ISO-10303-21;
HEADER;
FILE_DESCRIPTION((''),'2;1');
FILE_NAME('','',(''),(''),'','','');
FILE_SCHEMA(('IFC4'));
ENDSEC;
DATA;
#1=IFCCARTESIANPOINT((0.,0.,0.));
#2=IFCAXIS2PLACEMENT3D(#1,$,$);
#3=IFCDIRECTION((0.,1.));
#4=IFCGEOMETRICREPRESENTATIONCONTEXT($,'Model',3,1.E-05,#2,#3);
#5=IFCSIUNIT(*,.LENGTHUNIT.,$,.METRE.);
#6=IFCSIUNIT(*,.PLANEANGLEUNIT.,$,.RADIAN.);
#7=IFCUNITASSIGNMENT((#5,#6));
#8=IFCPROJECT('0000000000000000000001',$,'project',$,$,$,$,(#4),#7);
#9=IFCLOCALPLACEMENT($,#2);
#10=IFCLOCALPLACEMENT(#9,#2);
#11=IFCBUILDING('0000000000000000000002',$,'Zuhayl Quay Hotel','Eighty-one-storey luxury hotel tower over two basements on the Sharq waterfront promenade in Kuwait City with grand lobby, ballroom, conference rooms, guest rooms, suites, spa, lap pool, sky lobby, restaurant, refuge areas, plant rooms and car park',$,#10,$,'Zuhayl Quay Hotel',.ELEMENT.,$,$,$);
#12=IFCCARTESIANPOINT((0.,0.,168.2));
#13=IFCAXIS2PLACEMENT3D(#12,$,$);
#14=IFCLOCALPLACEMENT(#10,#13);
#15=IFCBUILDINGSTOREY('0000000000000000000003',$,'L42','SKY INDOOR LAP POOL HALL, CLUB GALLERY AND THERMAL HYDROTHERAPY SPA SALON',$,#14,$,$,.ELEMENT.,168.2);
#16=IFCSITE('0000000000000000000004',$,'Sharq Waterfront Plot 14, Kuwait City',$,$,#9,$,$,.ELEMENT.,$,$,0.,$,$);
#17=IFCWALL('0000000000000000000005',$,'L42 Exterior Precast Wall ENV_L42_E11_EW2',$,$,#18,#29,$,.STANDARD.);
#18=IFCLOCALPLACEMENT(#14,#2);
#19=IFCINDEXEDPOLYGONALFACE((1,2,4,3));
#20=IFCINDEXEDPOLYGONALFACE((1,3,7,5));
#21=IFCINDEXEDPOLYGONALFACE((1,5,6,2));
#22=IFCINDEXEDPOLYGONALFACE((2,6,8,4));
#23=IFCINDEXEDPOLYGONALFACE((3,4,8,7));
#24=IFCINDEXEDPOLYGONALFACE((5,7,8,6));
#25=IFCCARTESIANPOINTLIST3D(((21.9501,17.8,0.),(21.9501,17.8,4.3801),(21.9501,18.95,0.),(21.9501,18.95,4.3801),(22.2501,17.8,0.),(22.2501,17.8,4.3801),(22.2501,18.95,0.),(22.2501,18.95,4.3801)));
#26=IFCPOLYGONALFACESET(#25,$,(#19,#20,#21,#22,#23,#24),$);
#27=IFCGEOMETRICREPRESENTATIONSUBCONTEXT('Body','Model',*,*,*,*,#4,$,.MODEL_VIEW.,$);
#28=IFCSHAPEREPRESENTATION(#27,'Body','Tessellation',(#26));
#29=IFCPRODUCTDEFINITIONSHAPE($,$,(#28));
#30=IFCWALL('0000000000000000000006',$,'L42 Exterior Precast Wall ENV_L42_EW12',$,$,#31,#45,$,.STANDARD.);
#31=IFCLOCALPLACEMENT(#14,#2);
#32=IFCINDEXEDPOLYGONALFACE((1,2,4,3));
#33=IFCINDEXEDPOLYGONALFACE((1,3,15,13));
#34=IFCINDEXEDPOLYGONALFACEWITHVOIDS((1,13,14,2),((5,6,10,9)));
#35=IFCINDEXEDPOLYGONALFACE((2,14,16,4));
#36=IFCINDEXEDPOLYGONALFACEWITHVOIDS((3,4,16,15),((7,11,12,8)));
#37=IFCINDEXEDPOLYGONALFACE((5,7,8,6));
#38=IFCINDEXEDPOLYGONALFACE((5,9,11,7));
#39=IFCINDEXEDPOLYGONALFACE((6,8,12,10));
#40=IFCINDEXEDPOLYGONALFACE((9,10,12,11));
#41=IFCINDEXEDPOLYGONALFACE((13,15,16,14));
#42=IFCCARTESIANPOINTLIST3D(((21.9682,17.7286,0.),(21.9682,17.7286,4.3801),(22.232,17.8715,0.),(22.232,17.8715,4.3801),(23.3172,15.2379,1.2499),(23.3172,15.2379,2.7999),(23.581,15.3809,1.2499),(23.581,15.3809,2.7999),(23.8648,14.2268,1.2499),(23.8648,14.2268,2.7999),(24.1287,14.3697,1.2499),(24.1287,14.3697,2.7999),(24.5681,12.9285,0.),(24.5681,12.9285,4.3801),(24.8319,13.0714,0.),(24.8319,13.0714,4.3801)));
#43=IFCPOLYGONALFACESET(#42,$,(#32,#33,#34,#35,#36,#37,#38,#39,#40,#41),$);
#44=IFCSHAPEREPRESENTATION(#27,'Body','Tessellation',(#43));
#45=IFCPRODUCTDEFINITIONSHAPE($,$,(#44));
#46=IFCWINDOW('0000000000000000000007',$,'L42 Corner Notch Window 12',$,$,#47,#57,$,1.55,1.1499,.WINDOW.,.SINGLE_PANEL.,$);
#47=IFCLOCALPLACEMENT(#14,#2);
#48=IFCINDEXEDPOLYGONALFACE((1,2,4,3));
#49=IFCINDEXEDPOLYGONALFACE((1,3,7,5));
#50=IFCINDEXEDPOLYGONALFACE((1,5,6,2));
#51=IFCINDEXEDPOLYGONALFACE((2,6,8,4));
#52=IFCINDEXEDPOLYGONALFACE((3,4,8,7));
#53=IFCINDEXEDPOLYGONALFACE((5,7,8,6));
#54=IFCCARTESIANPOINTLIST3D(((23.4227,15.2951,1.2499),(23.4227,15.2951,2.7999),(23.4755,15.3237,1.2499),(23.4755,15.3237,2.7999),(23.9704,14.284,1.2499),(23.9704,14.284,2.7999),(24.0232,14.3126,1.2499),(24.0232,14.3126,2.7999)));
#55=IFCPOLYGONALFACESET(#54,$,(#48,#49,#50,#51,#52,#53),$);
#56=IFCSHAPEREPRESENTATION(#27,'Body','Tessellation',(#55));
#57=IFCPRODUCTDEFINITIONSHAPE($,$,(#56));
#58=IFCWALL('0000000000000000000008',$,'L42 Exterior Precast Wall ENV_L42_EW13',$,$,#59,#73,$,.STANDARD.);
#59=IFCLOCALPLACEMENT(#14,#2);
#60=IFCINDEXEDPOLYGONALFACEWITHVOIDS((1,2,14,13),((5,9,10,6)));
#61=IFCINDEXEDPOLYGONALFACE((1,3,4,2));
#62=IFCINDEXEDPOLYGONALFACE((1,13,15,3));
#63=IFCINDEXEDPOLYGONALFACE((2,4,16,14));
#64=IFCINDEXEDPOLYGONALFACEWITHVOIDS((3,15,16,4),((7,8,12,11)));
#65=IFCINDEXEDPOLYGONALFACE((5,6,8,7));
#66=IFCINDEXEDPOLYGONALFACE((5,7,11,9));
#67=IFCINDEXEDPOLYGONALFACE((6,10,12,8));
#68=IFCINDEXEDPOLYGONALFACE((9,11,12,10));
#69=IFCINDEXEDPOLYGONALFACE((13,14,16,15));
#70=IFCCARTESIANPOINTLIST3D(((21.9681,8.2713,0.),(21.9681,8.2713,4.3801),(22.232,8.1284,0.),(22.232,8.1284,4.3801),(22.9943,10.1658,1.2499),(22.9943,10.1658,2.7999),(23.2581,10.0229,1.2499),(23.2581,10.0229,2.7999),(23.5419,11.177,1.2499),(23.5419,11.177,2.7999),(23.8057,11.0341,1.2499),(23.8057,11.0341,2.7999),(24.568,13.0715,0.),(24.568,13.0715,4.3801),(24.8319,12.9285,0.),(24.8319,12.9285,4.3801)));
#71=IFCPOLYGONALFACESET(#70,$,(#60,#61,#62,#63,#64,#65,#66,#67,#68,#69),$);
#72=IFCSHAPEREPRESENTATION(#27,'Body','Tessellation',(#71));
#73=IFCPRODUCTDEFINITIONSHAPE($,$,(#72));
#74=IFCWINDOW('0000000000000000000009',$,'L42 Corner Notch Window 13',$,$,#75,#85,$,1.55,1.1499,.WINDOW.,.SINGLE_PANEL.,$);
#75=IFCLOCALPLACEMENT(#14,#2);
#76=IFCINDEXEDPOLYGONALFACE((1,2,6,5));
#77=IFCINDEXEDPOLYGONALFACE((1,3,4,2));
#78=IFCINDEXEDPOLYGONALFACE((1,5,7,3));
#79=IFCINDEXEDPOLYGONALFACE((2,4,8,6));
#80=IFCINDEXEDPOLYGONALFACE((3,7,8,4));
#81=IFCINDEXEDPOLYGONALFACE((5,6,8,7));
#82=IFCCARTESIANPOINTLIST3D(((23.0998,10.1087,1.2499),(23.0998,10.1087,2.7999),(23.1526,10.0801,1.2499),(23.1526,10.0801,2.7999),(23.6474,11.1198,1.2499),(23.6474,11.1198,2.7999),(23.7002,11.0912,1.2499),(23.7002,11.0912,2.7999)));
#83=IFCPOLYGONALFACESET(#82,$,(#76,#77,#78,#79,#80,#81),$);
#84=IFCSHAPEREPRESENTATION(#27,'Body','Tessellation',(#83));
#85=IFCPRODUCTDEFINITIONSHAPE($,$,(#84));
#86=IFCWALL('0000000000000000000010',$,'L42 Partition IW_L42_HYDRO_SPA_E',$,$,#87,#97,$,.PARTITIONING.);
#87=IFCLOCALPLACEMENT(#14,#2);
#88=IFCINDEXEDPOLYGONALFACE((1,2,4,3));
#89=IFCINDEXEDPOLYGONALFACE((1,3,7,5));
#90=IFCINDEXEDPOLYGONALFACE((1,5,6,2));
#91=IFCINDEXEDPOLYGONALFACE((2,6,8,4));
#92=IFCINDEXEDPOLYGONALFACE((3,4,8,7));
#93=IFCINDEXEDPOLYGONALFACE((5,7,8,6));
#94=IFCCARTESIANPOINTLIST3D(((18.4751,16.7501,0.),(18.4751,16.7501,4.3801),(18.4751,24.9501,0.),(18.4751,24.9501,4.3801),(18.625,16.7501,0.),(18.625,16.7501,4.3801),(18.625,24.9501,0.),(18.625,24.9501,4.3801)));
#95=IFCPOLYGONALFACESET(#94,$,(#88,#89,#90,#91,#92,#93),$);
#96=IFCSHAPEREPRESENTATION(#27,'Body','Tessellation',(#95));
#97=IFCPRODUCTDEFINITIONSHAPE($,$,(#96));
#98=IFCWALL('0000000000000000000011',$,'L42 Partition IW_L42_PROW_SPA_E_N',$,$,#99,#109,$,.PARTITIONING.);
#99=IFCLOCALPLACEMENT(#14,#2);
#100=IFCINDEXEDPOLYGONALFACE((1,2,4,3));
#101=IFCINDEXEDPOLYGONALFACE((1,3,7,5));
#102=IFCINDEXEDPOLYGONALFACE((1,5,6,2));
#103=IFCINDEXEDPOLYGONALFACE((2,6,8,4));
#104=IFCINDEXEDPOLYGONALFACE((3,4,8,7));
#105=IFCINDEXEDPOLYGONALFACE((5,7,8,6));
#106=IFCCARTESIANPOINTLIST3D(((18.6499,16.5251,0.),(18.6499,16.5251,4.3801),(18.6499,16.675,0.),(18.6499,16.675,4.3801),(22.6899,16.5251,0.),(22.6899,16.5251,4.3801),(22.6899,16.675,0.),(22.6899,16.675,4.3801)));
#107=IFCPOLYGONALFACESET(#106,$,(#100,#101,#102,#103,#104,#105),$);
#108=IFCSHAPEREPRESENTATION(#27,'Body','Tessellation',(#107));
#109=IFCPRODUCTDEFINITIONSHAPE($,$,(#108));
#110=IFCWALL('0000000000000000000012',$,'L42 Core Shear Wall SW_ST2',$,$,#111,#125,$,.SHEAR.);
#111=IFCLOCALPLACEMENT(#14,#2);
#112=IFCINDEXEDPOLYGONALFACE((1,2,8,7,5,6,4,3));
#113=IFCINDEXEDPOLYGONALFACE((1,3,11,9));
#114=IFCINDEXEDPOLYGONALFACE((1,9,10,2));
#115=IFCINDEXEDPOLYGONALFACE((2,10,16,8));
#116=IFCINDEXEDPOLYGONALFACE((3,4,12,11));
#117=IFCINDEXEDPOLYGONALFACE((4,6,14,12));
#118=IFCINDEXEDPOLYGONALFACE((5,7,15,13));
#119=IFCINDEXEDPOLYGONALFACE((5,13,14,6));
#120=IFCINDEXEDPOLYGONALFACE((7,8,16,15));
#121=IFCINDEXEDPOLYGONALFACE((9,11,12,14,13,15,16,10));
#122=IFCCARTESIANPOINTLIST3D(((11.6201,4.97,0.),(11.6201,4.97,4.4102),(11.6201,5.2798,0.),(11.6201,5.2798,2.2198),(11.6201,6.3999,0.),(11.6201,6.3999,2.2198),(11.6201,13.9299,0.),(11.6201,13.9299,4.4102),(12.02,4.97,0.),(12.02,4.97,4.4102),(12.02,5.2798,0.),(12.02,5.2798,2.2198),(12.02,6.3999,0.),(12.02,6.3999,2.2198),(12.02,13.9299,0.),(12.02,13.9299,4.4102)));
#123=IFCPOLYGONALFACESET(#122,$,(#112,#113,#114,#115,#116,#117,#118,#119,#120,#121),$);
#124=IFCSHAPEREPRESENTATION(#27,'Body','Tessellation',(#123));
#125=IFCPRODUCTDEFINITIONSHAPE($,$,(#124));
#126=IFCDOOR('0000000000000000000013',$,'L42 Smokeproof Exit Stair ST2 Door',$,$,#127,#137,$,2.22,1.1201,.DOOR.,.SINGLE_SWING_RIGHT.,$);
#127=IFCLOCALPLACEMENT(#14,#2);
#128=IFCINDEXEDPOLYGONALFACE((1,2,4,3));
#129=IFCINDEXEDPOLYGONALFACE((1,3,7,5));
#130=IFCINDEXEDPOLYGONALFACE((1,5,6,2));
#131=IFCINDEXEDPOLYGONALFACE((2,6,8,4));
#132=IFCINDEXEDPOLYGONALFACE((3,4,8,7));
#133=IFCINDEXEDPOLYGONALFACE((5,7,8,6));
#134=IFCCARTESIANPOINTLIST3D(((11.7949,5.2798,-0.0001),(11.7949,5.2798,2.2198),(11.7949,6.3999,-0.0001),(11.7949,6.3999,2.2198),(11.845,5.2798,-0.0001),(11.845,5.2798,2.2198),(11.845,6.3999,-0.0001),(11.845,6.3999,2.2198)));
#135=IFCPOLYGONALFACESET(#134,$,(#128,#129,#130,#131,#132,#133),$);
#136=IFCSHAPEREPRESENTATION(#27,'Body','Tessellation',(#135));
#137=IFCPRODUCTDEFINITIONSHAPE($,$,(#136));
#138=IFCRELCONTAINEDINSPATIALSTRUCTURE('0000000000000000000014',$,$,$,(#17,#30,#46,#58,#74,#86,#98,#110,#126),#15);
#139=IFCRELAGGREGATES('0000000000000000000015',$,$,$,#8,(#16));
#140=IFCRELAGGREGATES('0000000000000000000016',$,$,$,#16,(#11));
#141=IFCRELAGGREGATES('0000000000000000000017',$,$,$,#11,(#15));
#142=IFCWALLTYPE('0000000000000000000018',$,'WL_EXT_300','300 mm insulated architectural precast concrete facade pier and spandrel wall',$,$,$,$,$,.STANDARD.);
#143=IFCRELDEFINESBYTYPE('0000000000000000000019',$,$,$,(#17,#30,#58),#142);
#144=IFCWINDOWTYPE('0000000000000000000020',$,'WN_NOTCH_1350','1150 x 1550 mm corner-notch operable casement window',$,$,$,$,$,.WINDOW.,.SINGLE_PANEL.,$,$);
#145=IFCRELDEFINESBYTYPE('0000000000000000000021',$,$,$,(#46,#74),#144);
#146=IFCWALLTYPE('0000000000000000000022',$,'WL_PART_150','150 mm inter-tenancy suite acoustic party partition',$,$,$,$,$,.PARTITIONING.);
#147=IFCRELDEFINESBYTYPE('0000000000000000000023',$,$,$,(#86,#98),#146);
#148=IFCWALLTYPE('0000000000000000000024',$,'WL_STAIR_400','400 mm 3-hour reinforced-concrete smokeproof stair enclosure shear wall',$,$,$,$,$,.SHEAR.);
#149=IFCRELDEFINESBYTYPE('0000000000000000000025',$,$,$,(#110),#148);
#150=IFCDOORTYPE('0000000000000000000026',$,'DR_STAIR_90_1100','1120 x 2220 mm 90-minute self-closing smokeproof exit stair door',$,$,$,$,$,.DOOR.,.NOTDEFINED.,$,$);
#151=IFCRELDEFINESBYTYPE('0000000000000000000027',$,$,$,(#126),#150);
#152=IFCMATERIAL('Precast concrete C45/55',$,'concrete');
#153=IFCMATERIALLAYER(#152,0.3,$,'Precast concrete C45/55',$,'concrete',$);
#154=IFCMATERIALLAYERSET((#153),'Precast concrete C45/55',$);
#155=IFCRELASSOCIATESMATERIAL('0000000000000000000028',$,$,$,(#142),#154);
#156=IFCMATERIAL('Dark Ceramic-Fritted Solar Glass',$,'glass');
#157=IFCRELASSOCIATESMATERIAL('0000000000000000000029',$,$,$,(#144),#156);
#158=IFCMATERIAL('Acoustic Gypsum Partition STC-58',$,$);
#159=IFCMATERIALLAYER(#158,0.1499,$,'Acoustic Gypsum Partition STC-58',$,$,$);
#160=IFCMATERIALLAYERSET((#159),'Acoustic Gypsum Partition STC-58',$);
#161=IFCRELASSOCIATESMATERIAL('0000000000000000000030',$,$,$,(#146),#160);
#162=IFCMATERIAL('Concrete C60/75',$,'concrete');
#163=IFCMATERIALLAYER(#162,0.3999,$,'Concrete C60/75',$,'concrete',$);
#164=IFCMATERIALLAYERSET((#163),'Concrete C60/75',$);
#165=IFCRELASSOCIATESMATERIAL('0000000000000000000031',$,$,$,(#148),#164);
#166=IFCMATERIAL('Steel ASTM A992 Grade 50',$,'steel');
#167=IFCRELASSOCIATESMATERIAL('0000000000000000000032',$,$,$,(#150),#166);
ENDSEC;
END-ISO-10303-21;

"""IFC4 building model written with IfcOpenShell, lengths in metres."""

from ifc_helpers import new_model, si_unit, direction, frame, frame_2d, origin, place, context, subcontext, project, spatial, rectangle, extrude, material, layer, layer_set, type_object, element, fill, save


model = new_model("IFC4")

# Units and contexts
model_context = context("Model", 3, precision=1e-05, world=origin(), true_north=direction((0.0, 1.0)))
body_context = subcontext(model_context, "Body", "Model", "MODEL_VIEW")
ifc_project = project(units=[si_unit("LENGTHUNIT", "METRE"), si_unit("PLANEANGLEUNIT", "RADIAN")], contexts=[model_context])

# Site, building, storey
site_placement = place(None, origin())
site = spatial("IfcSite", under=ifc_project, at=site_placement, Name="Sharq Waterfront Plot 14, Kuwait City", CompositionType="ELEMENT", RefElevation=0.0)
building_placement = place(site_placement, origin())
building = spatial("IfcBuilding", under=site, at=building_placement, Name="Zuhayl Quay Hotel", Description="Eighty-one-storey luxury hotel tower over two basements on the Sharq waterfront promenade in Kuwait City with grand lobby, ballroom, conference rooms, guest rooms, suites, spa, lap pool, sky lobby, restaurant, refuge areas, plant rooms and car park", LongName="Zuhayl Quay Hotel", CompositionType="ELEMENT")
storey_placement = place(building_placement, frame((0.0, 0.0, 168.2)))
storey = spatial("IfcBuildingStorey", under=building, at=storey_placement, Name="L42", Description="SKY INDOOR LAP POOL HALL, CLUB GALLERY AND THERMAL HYDROTHERAPY SPA SALON", CompositionType="ELEMENT", Elevation=168.2)

# Shared definitions
ifc_material_1 = material(Name="Concrete C60/75", Category="concrete")

# Shared definitions
ifc_material_2 = material(Name="Dark Ceramic-Fritted Solar Glass", Category="glass")

# Wall
ifc_material_3 = material(Name="Precast concrete C45/55", Category="concrete")
ifc_layer_1 = layer(ifc_material_3, 0.3, Name="Precast concrete C45/55", Category="concrete")
ifc_layer_set_1 = layer_set([ifc_layer_1], Name="Precast concrete C45/55")
wall_type_1 = type_object("IfcWallType", Name="WL_EXT_300", Description="300 mm insulated architectural precast concrete facade pier and spandrel wall", PredefinedType="STANDARD", material=ifc_layer_set_1)
wall_1_placement = place(storey_placement, frame((22.1001, 18.95, 0.0), z_axis=(0.0, 0.0, 1.0), x_axis=(0.0, -1.0, 0.0)))
element("IfcWall", 1, at=wall_1_placement, inside=storey, type_object=wall_type_1, Name="L42 Exterior Precast Wall ENV_L42_E11_EW2", PredefinedType="STANDARD", context=body_context, shape_type="SweptSolid", body=[
    extrude(rectangle(XDim=1.1499, YDim=0.3, at=frame_2d((0.575, 0.0))), origin(), (0.0, 0.0, 1.0), 4.3801),
])

# Walls, openings, windows
wall_2_placement = place(storey_placement, frame((22.1001, 17.8, 0.0), z_axis=(0.0, 0.0, 1.0), x_axis=(0.476259, -0.879305, 0.0)))
wall_2 = element("IfcWall", 2, at=wall_2_placement, inside=storey, type_object=wall_type_1, Name="L42 Exterior Precast Wall ENV_L42_EW12", PredefinedType="STANDARD", context=body_context, shape_type="SweptSolid", body=[
    extrude(rectangle(XDim=5.459, YDim=0.3, at=frame_2d((2.7295, 0.0))), origin(), (0.0, 0.0, 1.0), 4.3801),
])
opening_1_placement = place(wall_2_placement, frame((2.8325, 0.0, 1.25)))
opening_1 = element("IfcOpeningElement", 3, at=opening_1_placement, cuts=wall_2, PredefinedType="OPENING", context=body_context, shape_type="SweptSolid", body=[
    extrude(rectangle(XDim=1.1499, YDim=1.55, at=frame_2d((0.575, 0.7749))), frame((0.0, 0.1599, 0.0), z_axis=(0.0, -1.0, 0.0), x_axis=(1.0, 0.0, 0.0)), (0.0, 0.0, 1.0), 0.3201),
])
window_type = type_object("IfcWindowType", Name="WN_NOTCH_1350", Description="1150 x 1550 mm corner-notch operable casement window", PartitioningType="SINGLE_PANEL", PredefinedType="WINDOW", material=ifc_material_2)
window_1_placement = place(opening_1_placement, origin())
window_1 = element("IfcWindow", 4, at=window_1_placement, inside=storey, type_object=window_type, Name="L42 Corner Notch Window 12", OverallHeight=1.55, OverallWidth=1.1499, PartitioningType="SINGLE_PANEL", PredefinedType="WINDOW", context=body_context, shape_type="SweptSolid", body=[
    extrude(rectangle(XDim=1.1499, YDim=1.55, at=frame_2d((0.575, 0.7749))), frame((0.0, 0.03, 0.0), z_axis=(0.0, -1.0, 0.0), x_axis=(1.0, 0.0, 0.0)), (0.0, 0.0, 1.0), 0.0601),
])
fill(opening_1, window_1)
wall_3_placement = place(storey_placement, frame((24.7, 13.0, 0.0), z_axis=(0.0, 0.0, 1.0), x_axis=(-0.476259, -0.879305, 0.0)))
wall_3 = element("IfcWall", 5, at=wall_3_placement, inside=storey, type_object=wall_type_1, Name="L42 Exterior Precast Wall ENV_L42_EW13", PredefinedType="STANDARD", context=body_context, shape_type="SweptSolid", body=[
    extrude(rectangle(XDim=5.459, YDim=0.3, at=frame_2d((2.7295, 0.0))), origin(), (0.0, 0.0, 1.0), 4.3801),
])
opening_2_placement = place(wall_3_placement, frame((2.1545, 0.0, 1.25)))
opening_2 = element("IfcOpeningElement", 6, at=opening_2_placement, cuts=wall_3, PredefinedType="OPENING", context=body_context, shape_type="SweptSolid", body=[
    extrude(rectangle(XDim=1.1499, YDim=1.55, at=frame_2d((0.575, 0.7749))), frame((0.0, 0.1599, 0.0), z_axis=(0.0, -1.0, 0.0), x_axis=(1.0, 0.0, 0.0)), (0.0, 0.0, 1.0), 0.3201),
])
window_2_placement = place(opening_2_placement, origin())
window_2 = element("IfcWindow", 7, at=window_2_placement, inside=storey, type_object=window_type, Name="L42 Corner Notch Window 13", OverallHeight=1.55, OverallWidth=1.1499, PartitioningType="SINGLE_PANEL", PredefinedType="WINDOW", context=body_context, shape_type="SweptSolid", body=[
    extrude(rectangle(XDim=1.1499, YDim=1.55, at=frame_2d((0.575, 0.7749))), frame((0.0, 0.03, 0.0), z_axis=(0.0, -1.0, 0.0), x_axis=(1.0, 0.0, 0.0)), (0.0, 0.0, 1.0), 0.0601),
])
fill(opening_2, window_2)

# Walls
ifc_material_4 = material(Name="Acoustic Gypsum Partition STC-58")
ifc_layer_2 = layer(ifc_material_4, 0.1499, Name="Acoustic Gypsum Partition STC-58")
ifc_layer_set_2 = layer_set([ifc_layer_2], Name="Acoustic Gypsum Partition STC-58")
wall_type_2 = type_object("IfcWallType", Name="WL_PART_150", Description="150 mm inter-tenancy suite acoustic party partition", PredefinedType="PARTITIONING", material=ifc_layer_set_2)
wall_4_placement = place(storey_placement, frame((18.55, 16.75, 0.0), z_axis=(0.0, 0.0, 1.0), x_axis=(0.0, 1.0, 0.0)))
element("IfcWall", 8, at=wall_4_placement, inside=storey, type_object=wall_type_2, Name="L42 Partition IW_L42_HYDRO_SPA_E", PredefinedType="PARTITIONING", context=body_context, shape_type="SweptSolid", body=[
    extrude(rectangle(XDim=8.2, YDim=0.1499, at=frame_2d((4.1001, 0.0))), origin(), (0.0, 0.0, 1.0), 4.3801),
])
wall_5_placement = place(storey_placement, frame((18.6499, 16.6001, 0.0), z_axis=(0.0, 0.0, 1.0), x_axis=(1.0, 0.0, 0.0)))
element("IfcWall", 9, at=wall_5_placement, inside=storey, type_object=wall_type_2, Name="L42 Partition IW_L42_PROW_SPA_E_N", PredefinedType="PARTITIONING", context=body_context, shape_type="SweptSolid", body=[
    extrude(rectangle(XDim=4.04, YDim=0.1499, at=frame_2d((2.02, 0.0))), origin(), (0.0, 0.0, 1.0), 4.3801),
])

# Wall, opening, door
ifc_layer_3 = layer(ifc_material_1, 0.3999, Name="Concrete C60/75", Category="concrete")
ifc_layer_set_3 = layer_set([ifc_layer_3], Name="Concrete C60/75")
wall_type_3 = type_object("IfcWallType", Name="WL_STAIR_400", Description="400 mm 3-hour reinforced-concrete smokeproof stair enclosure shear wall", PredefinedType="SHEAR", material=ifc_layer_set_3)
wall_6_placement = place(storey_placement, frame((11.8201, 13.9299, 0.0), z_axis=(0.0, 0.0, 1.0), x_axis=(0.0, -1.0, 0.0)))
wall_6 = element("IfcWall", 10, at=wall_6_placement, inside=storey, type_object=wall_type_3, Name="L42 Core Shear Wall SW_ST2", PredefinedType="SHEAR", context=body_context, shape_type="SweptSolid", body=[
    extrude(rectangle(XDim=8.96, YDim=0.3999, at=frame_2d((4.48, 0.0))), origin(), (0.0, 0.0, 1.0), 4.4102),
])
opening_3_placement = place(wall_6_placement, frame((7.53, 0.0, 0.0)))
opening_3 = element("IfcOpeningElement", 11, at=opening_3_placement, cuts=wall_6, PredefinedType="OPENING", context=body_context, shape_type="SweptSolid", body=[
    extrude(rectangle(XDim=1.1201, YDim=2.22, at=frame_2d((0.5601, 1.1099))), frame((0.0, 0.21, 0.0), z_axis=(0.0, -1.0, 0.0), x_axis=(1.0, 0.0, 0.0)), (0.0, 0.0, 1.0), 0.4199),
])
ifc_material_5 = material(Name="Steel ASTM A992 Grade 50", Category="steel")
door_type = type_object("IfcDoorType", Name="DR_STAIR_90_1100", Description="1120 x 2220 mm 90-minute self-closing smokeproof exit stair door", OperationType="NOTDEFINED", PredefinedType="DOOR", material=ifc_material_5)
door_placement = place(opening_3_placement, origin())
door = element("IfcDoor", 12, at=door_placement, inside=storey, type_object=door_type, Name="L42 Smokeproof Exit Stair ST2 Door", OperationType="SINGLE_SWING_RIGHT", OverallHeight=2.22, OverallWidth=1.1201, PredefinedType="DOOR", context=body_context, shape_type="SweptSolid", body=[
    extrude(rectangle(XDim=1.1201, YDim=2.22, at=frame_2d((0.5601, 1.1099))), frame((0.0, 0.0249, 0.0), z_axis=(0.0, -1.0, 0.0), x_axis=(1.0, 0.0, 0.0)), (0.0, 0.0, 1.0), 0.05),
])
fill(opening_3, door)

save(model, "model.ifc")
